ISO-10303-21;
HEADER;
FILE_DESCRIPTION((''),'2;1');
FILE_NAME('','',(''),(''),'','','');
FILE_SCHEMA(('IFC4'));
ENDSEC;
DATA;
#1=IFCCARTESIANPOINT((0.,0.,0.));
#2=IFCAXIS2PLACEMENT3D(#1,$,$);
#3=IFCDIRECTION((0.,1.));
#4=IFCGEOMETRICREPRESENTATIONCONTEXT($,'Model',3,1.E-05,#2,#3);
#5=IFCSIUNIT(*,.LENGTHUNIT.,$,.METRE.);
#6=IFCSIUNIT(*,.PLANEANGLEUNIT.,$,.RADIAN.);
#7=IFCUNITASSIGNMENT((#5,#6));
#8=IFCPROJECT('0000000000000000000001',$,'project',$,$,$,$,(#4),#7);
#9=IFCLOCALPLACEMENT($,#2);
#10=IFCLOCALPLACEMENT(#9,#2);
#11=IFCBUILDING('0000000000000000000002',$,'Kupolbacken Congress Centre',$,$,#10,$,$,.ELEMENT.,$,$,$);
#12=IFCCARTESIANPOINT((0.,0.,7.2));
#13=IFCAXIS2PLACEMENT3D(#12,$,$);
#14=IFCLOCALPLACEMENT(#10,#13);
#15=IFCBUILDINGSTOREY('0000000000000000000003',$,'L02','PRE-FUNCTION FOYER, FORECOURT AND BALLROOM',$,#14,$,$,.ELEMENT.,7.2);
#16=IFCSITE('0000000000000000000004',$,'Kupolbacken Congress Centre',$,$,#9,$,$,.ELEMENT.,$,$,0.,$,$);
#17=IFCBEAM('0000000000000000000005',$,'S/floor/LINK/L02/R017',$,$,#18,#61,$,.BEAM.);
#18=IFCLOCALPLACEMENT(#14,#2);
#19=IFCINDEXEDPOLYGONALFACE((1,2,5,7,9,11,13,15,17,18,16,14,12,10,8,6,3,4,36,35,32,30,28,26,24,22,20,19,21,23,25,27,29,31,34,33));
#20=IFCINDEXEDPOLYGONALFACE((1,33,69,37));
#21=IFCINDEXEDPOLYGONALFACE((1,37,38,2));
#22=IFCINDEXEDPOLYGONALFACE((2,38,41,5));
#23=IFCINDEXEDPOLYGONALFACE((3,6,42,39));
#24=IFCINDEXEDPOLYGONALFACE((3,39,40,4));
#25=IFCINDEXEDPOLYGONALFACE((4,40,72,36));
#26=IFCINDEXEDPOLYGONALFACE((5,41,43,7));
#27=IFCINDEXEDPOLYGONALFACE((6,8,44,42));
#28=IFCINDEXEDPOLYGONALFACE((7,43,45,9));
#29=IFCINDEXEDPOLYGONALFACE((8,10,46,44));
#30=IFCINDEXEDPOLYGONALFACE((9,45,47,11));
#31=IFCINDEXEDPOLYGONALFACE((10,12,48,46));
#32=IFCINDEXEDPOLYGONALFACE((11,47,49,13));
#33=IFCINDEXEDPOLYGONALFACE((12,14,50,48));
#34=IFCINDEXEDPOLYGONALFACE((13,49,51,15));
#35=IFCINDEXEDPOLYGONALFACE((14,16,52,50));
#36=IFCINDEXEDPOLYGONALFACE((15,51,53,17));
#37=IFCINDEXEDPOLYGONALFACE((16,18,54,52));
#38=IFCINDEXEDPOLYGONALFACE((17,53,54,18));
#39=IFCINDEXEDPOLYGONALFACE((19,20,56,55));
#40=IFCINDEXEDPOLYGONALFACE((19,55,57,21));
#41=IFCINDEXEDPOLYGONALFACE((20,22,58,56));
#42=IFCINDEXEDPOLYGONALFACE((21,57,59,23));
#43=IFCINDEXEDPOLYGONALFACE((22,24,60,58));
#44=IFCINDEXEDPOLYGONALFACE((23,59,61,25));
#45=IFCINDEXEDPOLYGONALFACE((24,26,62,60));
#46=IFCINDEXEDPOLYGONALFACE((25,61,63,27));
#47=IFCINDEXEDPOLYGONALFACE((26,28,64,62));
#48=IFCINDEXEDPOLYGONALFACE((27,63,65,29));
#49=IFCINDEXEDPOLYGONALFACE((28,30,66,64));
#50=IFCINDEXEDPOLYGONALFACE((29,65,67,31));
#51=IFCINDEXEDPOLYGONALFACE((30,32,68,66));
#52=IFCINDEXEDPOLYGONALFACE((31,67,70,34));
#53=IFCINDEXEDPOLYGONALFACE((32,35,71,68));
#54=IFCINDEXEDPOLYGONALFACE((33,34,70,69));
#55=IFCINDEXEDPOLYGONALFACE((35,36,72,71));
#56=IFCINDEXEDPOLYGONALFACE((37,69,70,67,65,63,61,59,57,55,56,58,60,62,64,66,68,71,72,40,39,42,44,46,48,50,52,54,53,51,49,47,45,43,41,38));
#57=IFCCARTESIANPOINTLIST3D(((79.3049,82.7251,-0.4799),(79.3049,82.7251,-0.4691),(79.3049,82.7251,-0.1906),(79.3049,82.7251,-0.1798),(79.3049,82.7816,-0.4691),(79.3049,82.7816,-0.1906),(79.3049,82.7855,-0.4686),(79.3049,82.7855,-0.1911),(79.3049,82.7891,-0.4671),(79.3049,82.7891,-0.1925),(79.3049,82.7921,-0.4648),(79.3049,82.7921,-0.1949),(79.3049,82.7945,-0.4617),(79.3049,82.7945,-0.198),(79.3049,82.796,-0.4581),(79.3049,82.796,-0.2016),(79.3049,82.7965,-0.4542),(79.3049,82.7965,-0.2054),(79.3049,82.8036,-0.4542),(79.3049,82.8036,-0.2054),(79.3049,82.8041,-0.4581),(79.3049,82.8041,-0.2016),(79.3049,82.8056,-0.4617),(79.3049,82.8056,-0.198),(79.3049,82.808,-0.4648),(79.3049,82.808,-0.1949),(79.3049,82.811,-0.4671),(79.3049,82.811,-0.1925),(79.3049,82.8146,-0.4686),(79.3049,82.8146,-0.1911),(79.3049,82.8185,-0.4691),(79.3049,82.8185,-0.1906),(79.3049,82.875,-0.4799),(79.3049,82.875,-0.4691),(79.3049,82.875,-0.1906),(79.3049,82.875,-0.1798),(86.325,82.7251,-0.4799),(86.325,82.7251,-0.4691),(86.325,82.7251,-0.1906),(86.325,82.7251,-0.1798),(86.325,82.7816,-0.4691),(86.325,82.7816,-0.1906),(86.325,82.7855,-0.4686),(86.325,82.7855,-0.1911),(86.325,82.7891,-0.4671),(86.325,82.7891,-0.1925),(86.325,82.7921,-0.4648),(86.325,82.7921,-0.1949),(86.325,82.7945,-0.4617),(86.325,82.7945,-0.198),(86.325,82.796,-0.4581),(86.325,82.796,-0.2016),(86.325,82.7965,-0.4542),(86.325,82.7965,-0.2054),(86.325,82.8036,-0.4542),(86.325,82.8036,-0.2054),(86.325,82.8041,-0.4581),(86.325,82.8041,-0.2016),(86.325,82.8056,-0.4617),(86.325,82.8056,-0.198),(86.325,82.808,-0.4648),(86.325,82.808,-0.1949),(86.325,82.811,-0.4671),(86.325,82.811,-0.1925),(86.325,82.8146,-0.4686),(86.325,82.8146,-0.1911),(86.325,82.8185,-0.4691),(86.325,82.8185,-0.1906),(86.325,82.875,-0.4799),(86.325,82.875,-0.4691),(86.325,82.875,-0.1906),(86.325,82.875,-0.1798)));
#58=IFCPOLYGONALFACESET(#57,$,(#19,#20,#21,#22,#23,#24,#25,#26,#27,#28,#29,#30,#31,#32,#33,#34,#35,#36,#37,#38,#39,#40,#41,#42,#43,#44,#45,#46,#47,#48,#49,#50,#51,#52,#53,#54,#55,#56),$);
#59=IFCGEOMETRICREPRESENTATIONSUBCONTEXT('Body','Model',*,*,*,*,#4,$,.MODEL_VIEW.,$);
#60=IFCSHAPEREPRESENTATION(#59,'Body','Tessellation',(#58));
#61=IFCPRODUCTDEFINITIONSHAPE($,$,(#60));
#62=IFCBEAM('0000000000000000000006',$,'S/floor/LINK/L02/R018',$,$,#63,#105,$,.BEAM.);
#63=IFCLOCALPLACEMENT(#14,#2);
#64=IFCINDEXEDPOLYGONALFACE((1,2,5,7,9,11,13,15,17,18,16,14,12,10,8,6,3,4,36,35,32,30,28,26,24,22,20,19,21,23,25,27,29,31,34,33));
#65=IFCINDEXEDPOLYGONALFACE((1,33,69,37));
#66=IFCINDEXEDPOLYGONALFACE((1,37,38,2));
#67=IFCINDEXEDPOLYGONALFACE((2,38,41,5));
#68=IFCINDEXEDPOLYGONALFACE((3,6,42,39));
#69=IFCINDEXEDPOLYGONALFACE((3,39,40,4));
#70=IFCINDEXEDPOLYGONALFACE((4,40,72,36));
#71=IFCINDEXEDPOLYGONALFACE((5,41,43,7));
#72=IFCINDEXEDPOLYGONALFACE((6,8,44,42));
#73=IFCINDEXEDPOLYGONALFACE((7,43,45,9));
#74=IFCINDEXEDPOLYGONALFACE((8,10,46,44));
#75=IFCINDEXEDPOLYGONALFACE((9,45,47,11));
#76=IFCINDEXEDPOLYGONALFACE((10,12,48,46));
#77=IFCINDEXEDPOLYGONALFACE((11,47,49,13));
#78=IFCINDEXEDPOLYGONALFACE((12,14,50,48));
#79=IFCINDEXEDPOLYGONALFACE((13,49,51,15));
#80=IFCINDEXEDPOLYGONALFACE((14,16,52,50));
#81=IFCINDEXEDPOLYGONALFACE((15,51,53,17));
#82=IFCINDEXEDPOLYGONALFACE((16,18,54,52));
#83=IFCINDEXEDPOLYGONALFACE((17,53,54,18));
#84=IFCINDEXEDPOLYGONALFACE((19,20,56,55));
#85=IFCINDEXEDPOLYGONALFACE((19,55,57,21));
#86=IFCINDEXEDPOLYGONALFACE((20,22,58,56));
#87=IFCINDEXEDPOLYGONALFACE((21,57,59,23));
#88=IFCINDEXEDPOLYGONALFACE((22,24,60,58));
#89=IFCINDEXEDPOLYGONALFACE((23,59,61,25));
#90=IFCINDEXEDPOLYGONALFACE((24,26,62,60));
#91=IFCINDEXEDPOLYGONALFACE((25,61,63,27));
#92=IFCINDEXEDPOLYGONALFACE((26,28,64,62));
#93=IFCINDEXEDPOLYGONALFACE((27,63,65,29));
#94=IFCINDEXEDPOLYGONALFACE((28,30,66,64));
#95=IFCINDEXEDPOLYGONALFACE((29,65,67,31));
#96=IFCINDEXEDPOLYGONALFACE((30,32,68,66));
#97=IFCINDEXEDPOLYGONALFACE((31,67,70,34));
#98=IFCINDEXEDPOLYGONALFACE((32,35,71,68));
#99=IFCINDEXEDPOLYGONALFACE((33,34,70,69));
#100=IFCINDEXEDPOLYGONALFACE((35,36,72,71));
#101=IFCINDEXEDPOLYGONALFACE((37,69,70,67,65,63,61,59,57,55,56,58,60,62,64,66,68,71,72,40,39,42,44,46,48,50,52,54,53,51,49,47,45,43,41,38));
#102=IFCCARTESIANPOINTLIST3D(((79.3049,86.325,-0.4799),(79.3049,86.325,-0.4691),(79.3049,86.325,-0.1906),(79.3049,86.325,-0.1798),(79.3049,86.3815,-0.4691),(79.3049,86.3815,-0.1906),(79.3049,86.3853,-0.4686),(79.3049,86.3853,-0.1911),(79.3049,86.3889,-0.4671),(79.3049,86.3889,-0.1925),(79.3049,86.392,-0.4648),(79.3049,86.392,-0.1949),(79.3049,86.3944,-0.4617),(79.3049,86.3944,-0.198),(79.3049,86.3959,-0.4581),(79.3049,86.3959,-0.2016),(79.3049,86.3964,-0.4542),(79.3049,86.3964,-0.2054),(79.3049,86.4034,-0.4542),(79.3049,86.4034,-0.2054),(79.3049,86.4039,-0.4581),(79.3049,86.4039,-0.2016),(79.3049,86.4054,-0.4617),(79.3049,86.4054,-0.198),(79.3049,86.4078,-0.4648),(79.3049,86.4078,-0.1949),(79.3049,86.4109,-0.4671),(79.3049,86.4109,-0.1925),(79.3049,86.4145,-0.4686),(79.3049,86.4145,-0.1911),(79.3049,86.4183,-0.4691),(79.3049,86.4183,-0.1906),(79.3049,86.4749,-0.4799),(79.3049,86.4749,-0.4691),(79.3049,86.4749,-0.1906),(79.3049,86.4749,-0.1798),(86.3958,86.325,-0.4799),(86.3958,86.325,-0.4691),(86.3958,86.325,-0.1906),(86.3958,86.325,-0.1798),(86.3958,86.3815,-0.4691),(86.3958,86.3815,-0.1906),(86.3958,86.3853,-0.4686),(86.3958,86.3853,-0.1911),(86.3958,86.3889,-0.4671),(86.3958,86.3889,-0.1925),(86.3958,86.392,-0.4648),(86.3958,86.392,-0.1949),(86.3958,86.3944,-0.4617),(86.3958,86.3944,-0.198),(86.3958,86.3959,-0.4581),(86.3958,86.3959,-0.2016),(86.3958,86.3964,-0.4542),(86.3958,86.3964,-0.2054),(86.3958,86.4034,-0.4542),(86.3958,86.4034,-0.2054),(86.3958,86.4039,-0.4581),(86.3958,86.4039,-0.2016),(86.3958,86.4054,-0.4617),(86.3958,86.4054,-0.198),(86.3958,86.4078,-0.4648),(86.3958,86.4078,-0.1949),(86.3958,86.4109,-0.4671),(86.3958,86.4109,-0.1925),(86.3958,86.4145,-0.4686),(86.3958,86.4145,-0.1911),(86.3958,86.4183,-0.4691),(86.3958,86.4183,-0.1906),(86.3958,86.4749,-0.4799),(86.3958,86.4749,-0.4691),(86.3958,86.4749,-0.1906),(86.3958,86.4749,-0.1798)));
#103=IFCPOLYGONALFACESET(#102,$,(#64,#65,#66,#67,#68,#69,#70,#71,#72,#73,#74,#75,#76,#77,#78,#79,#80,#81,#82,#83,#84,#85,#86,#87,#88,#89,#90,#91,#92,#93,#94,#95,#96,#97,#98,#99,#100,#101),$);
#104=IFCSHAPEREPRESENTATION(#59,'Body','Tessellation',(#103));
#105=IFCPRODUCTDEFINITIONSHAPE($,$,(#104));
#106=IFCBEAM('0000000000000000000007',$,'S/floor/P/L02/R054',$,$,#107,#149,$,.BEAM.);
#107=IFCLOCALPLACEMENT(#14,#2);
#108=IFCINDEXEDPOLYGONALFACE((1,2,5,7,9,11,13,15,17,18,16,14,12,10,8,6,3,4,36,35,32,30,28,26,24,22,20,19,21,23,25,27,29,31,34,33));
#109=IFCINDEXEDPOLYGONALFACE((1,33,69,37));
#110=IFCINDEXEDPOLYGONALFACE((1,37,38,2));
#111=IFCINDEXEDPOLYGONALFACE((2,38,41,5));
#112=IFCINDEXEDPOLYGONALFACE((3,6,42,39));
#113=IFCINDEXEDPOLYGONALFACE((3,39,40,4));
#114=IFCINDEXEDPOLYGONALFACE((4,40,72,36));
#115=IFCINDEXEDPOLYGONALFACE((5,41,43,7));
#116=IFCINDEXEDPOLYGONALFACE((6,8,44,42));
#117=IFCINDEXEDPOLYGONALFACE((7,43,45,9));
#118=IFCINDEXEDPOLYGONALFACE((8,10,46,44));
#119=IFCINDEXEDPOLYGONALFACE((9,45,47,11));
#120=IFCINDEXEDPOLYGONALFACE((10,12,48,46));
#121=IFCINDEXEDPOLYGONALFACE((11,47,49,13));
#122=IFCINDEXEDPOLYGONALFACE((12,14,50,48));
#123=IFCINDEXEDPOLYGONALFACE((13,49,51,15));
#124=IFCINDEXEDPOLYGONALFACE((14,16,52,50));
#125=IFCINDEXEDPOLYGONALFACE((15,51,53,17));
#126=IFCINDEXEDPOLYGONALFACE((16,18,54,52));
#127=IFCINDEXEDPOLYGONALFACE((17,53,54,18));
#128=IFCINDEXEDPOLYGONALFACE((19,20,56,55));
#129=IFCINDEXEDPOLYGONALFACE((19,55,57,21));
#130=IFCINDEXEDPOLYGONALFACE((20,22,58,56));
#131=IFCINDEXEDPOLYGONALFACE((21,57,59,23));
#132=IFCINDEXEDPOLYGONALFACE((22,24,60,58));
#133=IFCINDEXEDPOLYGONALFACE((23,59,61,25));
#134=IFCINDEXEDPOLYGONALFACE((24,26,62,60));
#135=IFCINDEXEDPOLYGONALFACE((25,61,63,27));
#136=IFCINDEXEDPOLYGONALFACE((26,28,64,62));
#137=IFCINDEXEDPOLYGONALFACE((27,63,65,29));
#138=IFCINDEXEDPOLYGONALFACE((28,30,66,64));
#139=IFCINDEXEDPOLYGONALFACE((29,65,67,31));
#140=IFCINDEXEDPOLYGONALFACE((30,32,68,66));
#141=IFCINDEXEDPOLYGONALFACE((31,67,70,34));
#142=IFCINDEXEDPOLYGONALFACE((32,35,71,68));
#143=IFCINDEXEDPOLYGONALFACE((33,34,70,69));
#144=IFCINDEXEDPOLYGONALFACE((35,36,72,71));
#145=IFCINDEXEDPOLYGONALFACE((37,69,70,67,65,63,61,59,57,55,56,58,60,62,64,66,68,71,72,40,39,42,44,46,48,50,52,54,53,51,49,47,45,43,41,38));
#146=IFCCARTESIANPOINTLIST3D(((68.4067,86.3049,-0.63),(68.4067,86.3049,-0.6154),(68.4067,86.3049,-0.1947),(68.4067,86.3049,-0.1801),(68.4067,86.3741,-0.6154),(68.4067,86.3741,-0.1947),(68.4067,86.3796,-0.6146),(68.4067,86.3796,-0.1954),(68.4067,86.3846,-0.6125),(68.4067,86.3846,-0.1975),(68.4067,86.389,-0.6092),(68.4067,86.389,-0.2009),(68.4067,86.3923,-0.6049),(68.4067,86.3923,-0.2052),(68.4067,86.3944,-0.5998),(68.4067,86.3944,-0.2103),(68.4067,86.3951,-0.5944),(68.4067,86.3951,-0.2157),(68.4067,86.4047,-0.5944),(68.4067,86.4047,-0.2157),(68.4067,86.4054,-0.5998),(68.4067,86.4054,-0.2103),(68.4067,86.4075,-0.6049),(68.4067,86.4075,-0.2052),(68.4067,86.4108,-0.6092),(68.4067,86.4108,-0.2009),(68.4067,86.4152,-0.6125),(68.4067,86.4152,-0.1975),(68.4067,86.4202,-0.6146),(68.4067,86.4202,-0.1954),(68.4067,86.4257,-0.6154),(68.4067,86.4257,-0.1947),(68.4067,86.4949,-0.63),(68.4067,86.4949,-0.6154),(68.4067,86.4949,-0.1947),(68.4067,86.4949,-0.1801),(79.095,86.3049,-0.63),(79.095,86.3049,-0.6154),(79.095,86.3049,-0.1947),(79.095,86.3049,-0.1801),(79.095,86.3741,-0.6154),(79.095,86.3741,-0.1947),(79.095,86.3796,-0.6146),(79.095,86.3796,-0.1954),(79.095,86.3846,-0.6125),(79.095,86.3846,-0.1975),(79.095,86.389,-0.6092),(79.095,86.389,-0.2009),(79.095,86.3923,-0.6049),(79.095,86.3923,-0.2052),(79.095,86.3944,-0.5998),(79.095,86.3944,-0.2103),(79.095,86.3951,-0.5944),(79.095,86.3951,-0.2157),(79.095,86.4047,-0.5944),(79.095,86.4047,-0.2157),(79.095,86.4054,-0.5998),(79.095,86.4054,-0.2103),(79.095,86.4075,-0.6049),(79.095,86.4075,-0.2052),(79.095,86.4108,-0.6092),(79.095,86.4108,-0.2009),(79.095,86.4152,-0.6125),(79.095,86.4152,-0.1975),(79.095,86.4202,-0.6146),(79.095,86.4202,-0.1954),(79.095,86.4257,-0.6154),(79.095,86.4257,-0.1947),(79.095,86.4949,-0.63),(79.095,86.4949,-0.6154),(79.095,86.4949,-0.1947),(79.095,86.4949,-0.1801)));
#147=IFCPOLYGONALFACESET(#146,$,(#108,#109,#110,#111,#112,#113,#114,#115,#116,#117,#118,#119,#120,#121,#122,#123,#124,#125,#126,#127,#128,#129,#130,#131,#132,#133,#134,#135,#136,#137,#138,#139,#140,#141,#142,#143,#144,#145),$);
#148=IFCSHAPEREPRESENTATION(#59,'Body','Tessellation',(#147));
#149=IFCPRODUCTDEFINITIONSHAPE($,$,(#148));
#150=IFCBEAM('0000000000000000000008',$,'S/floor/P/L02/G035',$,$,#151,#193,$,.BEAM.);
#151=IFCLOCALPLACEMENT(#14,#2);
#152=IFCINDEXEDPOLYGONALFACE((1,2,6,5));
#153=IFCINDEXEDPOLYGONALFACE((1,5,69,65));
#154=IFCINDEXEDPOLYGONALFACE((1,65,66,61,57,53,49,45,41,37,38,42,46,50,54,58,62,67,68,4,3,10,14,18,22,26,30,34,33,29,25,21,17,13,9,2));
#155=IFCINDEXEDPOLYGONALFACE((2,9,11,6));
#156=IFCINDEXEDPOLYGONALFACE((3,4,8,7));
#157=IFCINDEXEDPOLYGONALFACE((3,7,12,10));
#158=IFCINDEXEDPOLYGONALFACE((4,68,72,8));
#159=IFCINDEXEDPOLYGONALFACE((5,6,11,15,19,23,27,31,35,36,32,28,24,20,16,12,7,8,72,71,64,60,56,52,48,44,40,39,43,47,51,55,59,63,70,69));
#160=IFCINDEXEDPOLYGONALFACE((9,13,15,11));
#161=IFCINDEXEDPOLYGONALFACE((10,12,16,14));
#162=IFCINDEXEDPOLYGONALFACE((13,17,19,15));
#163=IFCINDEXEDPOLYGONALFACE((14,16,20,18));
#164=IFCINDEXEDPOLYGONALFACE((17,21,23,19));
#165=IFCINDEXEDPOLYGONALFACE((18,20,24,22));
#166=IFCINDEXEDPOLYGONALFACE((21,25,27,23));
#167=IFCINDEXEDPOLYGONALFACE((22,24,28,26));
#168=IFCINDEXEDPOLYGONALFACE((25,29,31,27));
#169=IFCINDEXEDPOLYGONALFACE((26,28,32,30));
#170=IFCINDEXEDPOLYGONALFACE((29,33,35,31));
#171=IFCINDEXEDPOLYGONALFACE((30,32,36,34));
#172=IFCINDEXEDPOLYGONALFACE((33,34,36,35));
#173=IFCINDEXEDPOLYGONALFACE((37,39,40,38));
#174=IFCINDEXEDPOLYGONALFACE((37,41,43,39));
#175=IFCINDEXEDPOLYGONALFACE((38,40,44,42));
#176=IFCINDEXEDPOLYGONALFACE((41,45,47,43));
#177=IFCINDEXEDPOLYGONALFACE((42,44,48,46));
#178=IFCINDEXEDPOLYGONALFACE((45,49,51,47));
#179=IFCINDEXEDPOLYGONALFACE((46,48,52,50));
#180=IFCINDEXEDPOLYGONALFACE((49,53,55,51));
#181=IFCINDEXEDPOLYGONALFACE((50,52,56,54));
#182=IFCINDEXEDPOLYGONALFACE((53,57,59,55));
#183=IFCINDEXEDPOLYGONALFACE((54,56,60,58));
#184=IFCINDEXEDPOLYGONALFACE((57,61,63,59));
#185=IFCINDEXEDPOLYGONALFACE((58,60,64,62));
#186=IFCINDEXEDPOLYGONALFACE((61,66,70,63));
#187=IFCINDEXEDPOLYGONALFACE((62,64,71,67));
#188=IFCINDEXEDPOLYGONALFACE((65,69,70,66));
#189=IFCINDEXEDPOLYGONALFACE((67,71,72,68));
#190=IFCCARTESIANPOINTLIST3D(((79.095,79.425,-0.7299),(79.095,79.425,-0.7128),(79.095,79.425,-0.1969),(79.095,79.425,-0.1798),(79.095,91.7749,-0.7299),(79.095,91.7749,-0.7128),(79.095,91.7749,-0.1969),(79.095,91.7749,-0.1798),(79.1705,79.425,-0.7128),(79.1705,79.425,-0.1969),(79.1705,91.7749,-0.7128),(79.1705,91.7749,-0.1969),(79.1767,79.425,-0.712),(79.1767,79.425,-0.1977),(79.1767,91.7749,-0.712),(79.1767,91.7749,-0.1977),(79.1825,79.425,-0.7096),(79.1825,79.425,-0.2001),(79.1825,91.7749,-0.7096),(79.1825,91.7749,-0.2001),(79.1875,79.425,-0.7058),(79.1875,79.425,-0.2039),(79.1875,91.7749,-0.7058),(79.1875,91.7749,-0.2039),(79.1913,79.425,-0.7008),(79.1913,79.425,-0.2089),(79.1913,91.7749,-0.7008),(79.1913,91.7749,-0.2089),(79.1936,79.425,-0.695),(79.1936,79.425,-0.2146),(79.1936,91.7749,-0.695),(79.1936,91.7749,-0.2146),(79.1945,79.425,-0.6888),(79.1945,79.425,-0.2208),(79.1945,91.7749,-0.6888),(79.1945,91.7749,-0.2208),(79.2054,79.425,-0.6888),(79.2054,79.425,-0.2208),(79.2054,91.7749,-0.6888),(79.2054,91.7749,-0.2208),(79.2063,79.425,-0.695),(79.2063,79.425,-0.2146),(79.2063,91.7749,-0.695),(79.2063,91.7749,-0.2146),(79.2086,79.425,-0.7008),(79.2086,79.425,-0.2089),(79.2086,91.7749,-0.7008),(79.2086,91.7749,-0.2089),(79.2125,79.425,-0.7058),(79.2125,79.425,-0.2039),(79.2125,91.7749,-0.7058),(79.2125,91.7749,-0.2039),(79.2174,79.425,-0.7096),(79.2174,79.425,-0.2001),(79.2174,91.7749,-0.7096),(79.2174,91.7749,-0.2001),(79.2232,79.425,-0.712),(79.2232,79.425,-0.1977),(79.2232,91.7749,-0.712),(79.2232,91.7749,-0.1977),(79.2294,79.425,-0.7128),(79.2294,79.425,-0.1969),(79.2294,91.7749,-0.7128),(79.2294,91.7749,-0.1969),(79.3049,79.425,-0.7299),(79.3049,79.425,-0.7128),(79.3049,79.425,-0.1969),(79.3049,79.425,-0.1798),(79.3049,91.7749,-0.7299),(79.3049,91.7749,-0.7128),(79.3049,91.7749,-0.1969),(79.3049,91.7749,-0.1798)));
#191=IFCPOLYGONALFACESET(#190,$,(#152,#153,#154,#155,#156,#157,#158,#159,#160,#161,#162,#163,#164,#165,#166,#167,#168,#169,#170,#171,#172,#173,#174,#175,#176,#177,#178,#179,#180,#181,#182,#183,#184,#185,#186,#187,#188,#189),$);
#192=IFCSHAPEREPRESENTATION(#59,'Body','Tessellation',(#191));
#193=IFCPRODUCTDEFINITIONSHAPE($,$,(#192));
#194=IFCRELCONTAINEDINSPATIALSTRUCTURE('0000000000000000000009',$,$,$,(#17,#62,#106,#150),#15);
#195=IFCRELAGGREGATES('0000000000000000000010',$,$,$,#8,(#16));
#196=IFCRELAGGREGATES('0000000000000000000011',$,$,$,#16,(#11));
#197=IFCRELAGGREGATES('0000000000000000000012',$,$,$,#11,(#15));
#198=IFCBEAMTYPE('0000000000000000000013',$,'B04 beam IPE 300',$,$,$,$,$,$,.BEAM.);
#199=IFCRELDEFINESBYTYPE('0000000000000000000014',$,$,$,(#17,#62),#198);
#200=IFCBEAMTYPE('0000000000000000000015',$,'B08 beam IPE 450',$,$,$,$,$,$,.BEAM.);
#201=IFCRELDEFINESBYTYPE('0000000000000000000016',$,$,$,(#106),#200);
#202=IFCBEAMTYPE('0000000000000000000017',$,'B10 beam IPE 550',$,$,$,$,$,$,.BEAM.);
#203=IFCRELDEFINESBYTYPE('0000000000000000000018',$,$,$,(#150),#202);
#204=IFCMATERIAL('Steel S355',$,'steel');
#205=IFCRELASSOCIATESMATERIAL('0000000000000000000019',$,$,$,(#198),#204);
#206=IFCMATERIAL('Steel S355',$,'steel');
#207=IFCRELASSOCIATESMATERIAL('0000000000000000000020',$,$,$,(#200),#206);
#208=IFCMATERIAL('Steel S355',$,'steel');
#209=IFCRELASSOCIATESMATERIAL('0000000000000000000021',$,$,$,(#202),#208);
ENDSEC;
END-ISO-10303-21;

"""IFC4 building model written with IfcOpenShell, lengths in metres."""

from ifc_helpers import new_model, si_unit, direction, frame, origin, origin_2d, place, context, subcontext, project, spatial, i_section, extrude, material, material_profile, profile_set, type_object, element, save


model = new_model("IFC4")

# Units and contexts
model_context = context("Model", 3, precision=1e-05, world=origin(), true_north=direction((0.0, 1.0)))
body_context = subcontext(model_context, "Body", "Model", "MODEL_VIEW")
ifc_project = project(units=[si_unit("LENGTHUNIT", "METRE"), si_unit("PLANEANGLEUNIT", "RADIAN")], contexts=[model_context])

# Site, building, storey
site_placement = place(None, origin())
site = spatial("IfcSite", under=ifc_project, at=site_placement, Name="Kupolbacken Congress Centre", CompositionType="ELEMENT", RefElevation=0.0)
building_placement = place(site_placement, origin())
building = spatial("IfcBuilding", under=site, at=building_placement, Name="Kupolbacken Congress Centre", CompositionType="ELEMENT")
storey_placement = place(building_placement, frame((0.0, 0.0, 7.2)))
storey = spatial("IfcBuildingStorey", under=building, at=storey_placement, Name="L02", Description="PRE-FUNCTION FOYER, FORECOURT AND BALLROOM", CompositionType="ELEMENT", Elevation=7.2)

# Beams
ifc_material_1 = material(Name="Steel S355", Category="steel")
ifc_material_profile_1 = material_profile(ifc_material_1, i_section(OverallWidth=0.1499, OverallDepth=0.3, WebThickness=0.0071, FlangeThickness=0.0107, FilletRadius=0.0149, at=origin_2d()), Name="IPE 300")
ifc_profile_set_1 = profile_set([ifc_material_profile_1], Name="Steel S355")
beam_type_1 = type_object("IfcBeamType", Name="B04 beam IPE 300", PredefinedType="BEAM", material=ifc_profile_set_1)
beam_1_placement = place(storey_placement, frame((79.3049, 82.8, -0.3298), z_axis=(1.0, 0.0, 0.0), x_axis=(0.0, 1.0, 0.0)))
element("IfcBeam", 1, at=beam_1_placement, inside=storey, type_object=beam_type_1, Name="S/floor/LINK/L02/R017", PredefinedType="BEAM", context=body_context, shape_type="SweptSolid", body=[
    extrude(i_section(OverallWidth=0.1499, OverallDepth=0.3, WebThickness=0.0071, FlangeThickness=0.0107, FilletRadius=0.0149, at=origin_2d()), origin(), (0.0, 0.0, 1.0), 7.02),
])
beam_2_placement = place(storey_placement, frame((79.3049, 86.3999, -0.3298), z_axis=(1.0, 0.0, 0.0), x_axis=(0.0, 1.0, 0.0)))
element("IfcBeam", 2, at=beam_2_placement, inside=storey, type_object=beam_type_1, Name="S/floor/LINK/L02/R018", PredefinedType="BEAM", context=body_context, shape_type="SweptSolid", body=[
    extrude(i_section(OverallWidth=0.1499, OverallDepth=0.3, WebThickness=0.0071, FlangeThickness=0.0107, FilletRadius=0.0149, at=origin_2d()), origin(), (0.0, 0.0, 1.0), 7.0908),
])
ifc_material_2 = material(Name="Steel S355", Category="steel")
ifc_material_profile_2 = material_profile(ifc_material_2, i_section(OverallWidth=0.1899, OverallDepth=0.45, WebThickness=0.0095, FlangeThickness=0.0146, FilletRadius=0.021, at=origin_2d()), Name="IPE 450")
ifc_profile_set_2 = profile_set([ifc_material_profile_2], Name="Steel S355")
beam_type_2 = type_object("IfcBeamType", Name="B08 beam IPE 450", PredefinedType="BEAM", material=ifc_profile_set_2)
beam_3_placement = place(storey_placement, frame((68.4067, 86.3999, -0.405), z_axis=(1.0, 0.0, 0.0), x_axis=(0.0, 1.0, 0.0)))
element("IfcBeam", 3, at=beam_3_placement, inside=storey, type_object=beam_type_2, Name="S/floor/P/L02/R054", PredefinedType="BEAM", context=body_context, shape_type="SweptSolid", body=[
    extrude(i_section(OverallWidth=0.1899, OverallDepth=0.45, WebThickness=0.0095, FlangeThickness=0.0146, FilletRadius=0.021, at=origin_2d()), origin(), (0.0, 0.0, 1.0), 10.6882),
])
ifc_material_3 = material(Name="Steel S355", Category="steel")
ifc_material_profile_3 = material_profile(ifc_material_3, i_section(OverallWidth=0.21, OverallDepth=0.55, WebThickness=0.011, FlangeThickness=0.0171, FilletRadius=0.0239, at=origin_2d()), Name="IPE 550")
ifc_profile_set_3 = profile_set([ifc_material_profile_3], Name="Steel S355")
beam_type_3 = type_object("IfcBeamType", Name="B10 beam IPE 550", PredefinedType="BEAM", material=ifc_profile_set_3)
beam_4_placement = place(storey_placement, frame((79.2, 79.425, -0.4548), z_axis=(0.0, 1.0, 0.0), x_axis=(-1.0, 0.0, 0.0)))
element("IfcBeam", 4, at=beam_4_placement, inside=storey, type_object=beam_type_3, Name="S/floor/P/L02/G035", PredefinedType="BEAM", context=body_context, shape_type="SweptSolid", body=[
    extrude(i_section(OverallWidth=0.21, OverallDepth=0.55, WebThickness=0.011, FlangeThickness=0.0171, FilletRadius=0.0239, at=origin_2d()), origin(), (0.0, 0.0, 1.0), 12.3499),
])

save(model, "model.ifc")
